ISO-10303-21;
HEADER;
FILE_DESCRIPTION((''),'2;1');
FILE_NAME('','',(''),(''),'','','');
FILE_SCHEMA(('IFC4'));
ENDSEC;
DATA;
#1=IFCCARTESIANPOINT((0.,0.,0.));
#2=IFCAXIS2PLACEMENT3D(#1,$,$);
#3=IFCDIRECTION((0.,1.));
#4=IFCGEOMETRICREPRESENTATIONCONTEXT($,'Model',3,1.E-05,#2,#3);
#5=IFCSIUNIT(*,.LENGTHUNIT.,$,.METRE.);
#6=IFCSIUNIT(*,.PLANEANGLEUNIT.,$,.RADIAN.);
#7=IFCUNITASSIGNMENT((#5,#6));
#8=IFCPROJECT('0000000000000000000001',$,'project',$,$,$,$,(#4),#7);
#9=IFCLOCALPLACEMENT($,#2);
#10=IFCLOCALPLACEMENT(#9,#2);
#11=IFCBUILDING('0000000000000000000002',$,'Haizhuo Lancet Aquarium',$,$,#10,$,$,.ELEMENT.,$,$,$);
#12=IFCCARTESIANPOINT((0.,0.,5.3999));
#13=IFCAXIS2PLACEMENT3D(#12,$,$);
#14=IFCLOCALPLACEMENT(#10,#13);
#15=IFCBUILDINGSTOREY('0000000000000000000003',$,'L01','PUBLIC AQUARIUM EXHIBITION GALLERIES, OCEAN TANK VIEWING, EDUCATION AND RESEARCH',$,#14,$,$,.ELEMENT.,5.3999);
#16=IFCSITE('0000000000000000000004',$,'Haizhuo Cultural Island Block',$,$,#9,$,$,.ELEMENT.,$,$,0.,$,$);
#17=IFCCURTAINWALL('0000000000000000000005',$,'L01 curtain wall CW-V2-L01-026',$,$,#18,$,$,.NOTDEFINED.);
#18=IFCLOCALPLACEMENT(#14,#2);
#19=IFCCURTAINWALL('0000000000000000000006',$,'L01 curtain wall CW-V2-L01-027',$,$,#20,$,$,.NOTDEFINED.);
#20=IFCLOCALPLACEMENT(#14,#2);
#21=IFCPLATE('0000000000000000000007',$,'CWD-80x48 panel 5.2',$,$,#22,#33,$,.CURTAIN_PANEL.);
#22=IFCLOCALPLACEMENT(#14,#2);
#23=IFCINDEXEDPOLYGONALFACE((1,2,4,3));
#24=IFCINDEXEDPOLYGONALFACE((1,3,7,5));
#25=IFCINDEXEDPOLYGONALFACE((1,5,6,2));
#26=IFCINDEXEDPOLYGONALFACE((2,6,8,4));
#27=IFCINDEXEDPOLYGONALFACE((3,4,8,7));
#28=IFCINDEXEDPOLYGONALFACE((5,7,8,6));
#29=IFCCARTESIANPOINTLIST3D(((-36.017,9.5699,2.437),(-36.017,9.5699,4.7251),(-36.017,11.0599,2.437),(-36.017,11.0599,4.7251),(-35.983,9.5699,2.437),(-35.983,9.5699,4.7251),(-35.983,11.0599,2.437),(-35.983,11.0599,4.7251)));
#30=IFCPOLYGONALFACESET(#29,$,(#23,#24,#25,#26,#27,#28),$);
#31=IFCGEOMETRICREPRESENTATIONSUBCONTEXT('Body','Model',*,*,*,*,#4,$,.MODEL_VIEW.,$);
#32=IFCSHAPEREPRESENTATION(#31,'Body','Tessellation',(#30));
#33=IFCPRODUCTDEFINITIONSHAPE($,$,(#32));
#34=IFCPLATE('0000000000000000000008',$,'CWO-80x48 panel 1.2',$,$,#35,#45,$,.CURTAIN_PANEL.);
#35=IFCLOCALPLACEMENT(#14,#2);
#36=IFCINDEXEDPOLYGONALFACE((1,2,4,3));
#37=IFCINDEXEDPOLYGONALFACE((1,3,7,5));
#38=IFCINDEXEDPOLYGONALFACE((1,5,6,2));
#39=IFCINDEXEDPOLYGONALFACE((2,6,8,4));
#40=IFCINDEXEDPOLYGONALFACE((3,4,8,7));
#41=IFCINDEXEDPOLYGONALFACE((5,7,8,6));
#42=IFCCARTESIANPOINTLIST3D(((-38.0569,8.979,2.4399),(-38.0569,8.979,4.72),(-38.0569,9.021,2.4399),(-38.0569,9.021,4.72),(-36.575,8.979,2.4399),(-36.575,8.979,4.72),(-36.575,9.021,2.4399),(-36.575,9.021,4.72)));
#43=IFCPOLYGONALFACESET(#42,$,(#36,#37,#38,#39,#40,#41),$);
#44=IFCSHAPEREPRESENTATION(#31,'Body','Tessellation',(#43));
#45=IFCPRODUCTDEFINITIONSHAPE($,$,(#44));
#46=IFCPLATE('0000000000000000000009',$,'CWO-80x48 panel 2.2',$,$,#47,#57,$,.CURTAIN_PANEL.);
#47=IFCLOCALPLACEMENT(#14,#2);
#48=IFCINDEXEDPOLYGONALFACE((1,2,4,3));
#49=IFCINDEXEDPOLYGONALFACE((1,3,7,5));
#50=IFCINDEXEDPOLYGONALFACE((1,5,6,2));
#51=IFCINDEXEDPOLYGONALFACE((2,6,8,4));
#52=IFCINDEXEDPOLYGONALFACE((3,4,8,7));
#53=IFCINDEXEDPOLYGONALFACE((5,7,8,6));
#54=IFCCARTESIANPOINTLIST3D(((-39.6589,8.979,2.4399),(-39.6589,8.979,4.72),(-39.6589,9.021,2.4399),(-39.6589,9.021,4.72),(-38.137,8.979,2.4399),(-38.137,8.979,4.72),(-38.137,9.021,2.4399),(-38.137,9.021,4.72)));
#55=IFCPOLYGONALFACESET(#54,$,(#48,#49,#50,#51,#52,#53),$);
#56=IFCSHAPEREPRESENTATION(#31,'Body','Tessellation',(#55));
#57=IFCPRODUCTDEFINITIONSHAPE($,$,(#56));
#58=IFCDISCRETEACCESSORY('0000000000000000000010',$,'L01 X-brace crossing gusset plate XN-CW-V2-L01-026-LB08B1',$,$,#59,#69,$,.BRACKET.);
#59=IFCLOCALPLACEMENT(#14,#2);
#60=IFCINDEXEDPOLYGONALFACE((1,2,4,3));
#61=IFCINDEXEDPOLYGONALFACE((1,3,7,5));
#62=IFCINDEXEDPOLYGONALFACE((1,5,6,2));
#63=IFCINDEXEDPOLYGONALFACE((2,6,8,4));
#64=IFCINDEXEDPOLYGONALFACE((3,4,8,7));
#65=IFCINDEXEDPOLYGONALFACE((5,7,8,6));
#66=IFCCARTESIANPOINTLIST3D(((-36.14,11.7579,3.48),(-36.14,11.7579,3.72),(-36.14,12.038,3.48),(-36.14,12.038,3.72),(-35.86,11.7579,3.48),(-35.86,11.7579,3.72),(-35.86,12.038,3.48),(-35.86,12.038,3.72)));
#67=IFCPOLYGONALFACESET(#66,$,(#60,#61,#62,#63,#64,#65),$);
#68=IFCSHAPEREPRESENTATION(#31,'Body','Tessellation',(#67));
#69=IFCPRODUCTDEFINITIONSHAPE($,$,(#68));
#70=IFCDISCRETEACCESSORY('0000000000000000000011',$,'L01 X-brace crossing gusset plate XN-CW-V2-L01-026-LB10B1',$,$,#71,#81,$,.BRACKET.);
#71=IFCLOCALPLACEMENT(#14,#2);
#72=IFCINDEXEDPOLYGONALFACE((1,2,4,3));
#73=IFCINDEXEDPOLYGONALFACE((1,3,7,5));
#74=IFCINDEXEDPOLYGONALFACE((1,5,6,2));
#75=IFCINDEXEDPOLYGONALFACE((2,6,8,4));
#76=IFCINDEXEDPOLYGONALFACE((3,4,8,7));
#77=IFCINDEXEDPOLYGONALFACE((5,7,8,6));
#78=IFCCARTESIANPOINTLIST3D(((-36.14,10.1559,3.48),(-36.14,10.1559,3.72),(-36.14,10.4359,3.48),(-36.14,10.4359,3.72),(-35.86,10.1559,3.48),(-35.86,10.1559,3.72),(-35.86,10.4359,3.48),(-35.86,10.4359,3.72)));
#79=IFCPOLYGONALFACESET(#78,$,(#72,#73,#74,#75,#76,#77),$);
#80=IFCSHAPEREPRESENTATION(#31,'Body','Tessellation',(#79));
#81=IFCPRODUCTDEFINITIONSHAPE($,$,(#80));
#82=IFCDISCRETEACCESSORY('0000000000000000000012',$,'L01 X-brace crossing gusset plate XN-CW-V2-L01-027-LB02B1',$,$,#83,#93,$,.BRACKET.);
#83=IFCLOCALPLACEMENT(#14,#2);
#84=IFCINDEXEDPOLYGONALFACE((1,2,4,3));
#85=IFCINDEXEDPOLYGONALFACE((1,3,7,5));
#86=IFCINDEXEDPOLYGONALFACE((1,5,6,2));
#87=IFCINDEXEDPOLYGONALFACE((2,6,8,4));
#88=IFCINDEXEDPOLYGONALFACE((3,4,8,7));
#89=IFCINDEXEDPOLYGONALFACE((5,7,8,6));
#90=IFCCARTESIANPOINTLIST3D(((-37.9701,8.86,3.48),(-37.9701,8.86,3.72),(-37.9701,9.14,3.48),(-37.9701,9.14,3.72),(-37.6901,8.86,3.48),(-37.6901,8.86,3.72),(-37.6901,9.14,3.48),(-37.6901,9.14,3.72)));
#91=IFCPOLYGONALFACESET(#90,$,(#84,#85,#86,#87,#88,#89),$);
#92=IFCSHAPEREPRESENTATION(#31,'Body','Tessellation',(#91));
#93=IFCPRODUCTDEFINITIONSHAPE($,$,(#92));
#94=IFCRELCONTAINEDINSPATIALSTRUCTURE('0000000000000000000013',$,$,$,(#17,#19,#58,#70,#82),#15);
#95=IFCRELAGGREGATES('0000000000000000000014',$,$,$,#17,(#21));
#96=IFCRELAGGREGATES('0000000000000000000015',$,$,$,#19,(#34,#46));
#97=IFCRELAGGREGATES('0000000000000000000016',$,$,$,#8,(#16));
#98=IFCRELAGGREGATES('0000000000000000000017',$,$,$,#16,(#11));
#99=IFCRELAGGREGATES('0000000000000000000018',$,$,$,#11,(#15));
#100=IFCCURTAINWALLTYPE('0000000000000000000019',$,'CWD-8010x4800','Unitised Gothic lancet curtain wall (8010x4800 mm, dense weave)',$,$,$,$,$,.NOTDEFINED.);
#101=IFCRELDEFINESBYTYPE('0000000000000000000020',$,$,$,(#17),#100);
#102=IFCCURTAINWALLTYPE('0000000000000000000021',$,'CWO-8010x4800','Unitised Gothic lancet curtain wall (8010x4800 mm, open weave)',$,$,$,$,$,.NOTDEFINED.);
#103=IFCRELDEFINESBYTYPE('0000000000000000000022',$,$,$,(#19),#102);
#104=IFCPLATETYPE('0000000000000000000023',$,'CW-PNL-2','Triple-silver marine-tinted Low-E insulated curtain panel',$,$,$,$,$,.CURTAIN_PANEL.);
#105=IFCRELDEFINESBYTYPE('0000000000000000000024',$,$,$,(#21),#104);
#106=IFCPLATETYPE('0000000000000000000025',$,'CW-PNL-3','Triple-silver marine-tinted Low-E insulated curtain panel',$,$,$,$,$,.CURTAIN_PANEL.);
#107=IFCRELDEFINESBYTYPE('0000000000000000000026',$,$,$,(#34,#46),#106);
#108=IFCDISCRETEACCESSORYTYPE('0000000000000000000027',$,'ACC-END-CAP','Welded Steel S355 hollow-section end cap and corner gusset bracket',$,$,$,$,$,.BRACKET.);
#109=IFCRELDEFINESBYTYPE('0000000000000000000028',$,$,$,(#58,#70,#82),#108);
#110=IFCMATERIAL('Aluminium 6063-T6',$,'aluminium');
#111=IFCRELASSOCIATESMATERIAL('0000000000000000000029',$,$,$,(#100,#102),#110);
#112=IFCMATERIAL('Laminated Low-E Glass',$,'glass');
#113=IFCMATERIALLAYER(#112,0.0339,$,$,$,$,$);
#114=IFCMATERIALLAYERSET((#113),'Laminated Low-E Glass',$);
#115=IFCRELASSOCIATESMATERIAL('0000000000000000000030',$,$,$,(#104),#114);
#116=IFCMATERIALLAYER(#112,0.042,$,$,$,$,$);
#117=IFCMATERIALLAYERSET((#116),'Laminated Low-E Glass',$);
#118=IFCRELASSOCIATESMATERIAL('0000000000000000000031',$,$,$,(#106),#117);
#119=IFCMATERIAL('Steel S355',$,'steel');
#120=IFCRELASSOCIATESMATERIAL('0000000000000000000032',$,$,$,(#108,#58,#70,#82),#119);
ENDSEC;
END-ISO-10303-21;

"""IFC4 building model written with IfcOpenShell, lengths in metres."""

from ifc_helpers import new_model, si_unit, direction, frame, origin, origin_2d, place, context, subcontext, project, spatial, rectangle, extrude, material, layer, layer_set, type_object, element, aggregate, save


model = new_model("IFC4")

# Units and contexts
model_context = context("Model", 3, precision=1e-05, world=origin(), true_north=direction((0.0, 1.0)))
body_context = subcontext(model_context, "Body", "Model", "MODEL_VIEW")
ifc_project = project(units=[si_unit("LENGTHUNIT", "METRE"), si_unit("PLANEANGLEUNIT", "RADIAN")], contexts=[model_context])

# Site, building, storey
site_placement = place(None, origin())
site = spatial("IfcSite", under=ifc_project, at=site_placement, Name="Haizhuo Cultural Island Block", CompositionType="ELEMENT", RefElevation=0.0)
building_placement = place(site_placement, origin())
building = spatial("IfcBuilding", under=site, at=building_placement, Name="Haizhuo Lancet Aquarium", CompositionType="ELEMENT")
storey_placement = place(building_placement, frame((0.0, 0.0, 5.3999)))
storey = spatial("IfcBuildingStorey", under=building, at=storey_placement, Name="L01", Description="PUBLIC AQUARIUM EXHIBITION GALLERIES, OCEAN TANK VIEWING, EDUCATION AND RESEARCH", CompositionType="ELEMENT", Elevation=5.3999)

# Shared definitions
ifc_material_1 = material(Name="Steel S355", Category="steel")

# Curtain walls
ifc_material_2 = material(Name="Aluminium 6063-T6", Category="aluminium")
curtain_wall_type_1 = type_object("IfcCurtainWallType", Name="CWD-8010x4800", Description="Unitised Gothic lancet curtain wall (8010x4800 mm, dense weave)", PredefinedType="NOTDEFINED", material=ifc_material_2)
curtain_wall_1_placement = place(storey_placement, origin())
curtain_wall_1 = element("IfcCurtainWall", 1, at=curtain_wall_1_placement, inside=storey, type_object=curtain_wall_type_1, Name="L01 curtain wall CW-V2-L01-026", PredefinedType="NOTDEFINED")
curtain_wall_type_2 = type_object("IfcCurtainWallType", Name="CWO-8010x4800", Description="Unitised Gothic lancet curtain wall (8010x4800 mm, open weave)", PredefinedType="NOTDEFINED", material=ifc_material_2)
curtain_wall_2_placement = place(storey_placement, origin())
curtain_wall_2 = element("IfcCurtainWall", 2, at=curtain_wall_2_placement, inside=storey, type_object=curtain_wall_type_2, Name="L01 curtain wall CW-V2-L01-027", PredefinedType="NOTDEFINED")

# Plates
ifc_material_3 = material(Name="Laminated Low-E Glass", Category="glass")
ifc_layer_1 = layer(ifc_material_3, 0.0339)
ifc_layer_set_1 = layer_set([ifc_layer_1], Name="Laminated Low-E Glass")
plate_type_1 = type_object("IfcPlateType", Name="CW-PNL-2", Description="Triple-silver marine-tinted Low-E insulated curtain panel", PredefinedType="CURTAIN_PANEL", material=ifc_layer_set_1)
plate_1_placement = place(storey_placement, frame((-36.0, 10.3149, 2.437), z_axis=(0.0, 0.0, 1.0), x_axis=(0.0, -1.0, 0.0)))
plate_1 = element("IfcPlate", 3, at=plate_1_placement, type_object=plate_type_1, Name="CWD-80x48 panel 5.2", PredefinedType="CURTAIN_PANEL", context=body_context, shape_type="SweptSolid", body=[
    extrude(rectangle(XDim=1.49, YDim=0.0339, at=origin_2d()), origin(), (0.0, 0.0, 1.0), 2.2881),
])
aggregate(curtain_wall_1, [plate_1])
ifc_layer_2 = layer(ifc_material_3, 0.042)
ifc_layer_set_2 = layer_set([ifc_layer_2], Name="Laminated Low-E Glass")
plate_type_2 = type_object("IfcPlateType", Name="CW-PNL-3", Description="Triple-silver marine-tinted Low-E insulated curtain panel", PredefinedType="CURTAIN_PANEL", material=ifc_layer_set_2)
plate_2_placement = place(storey_placement, frame((-37.3159, 9.0, 2.4399), z_axis=(0.0, 0.0, 1.0), x_axis=(-1.0, 0.0, 0.0)))
plate_2 = element("IfcPlate", 4, at=plate_2_placement, type_object=plate_type_2, Name="CWO-80x48 panel 1.2", PredefinedType="CURTAIN_PANEL", context=body_context, shape_type="SweptSolid", body=[
    extrude(rectangle(XDim=1.4819, YDim=0.042, at=origin_2d()), origin(), (0.0, 0.0, 1.0), 2.28),
])
plate_3_placement = place(storey_placement, frame((-38.8979, 9.0, 2.4399), z_axis=(0.0, 0.0, 1.0), x_axis=(-1.0, 0.0, 0.0)))
plate_3 = element("IfcPlate", 5, at=plate_3_placement, type_object=plate_type_2, Name="CWO-80x48 panel 2.2", PredefinedType="CURTAIN_PANEL", context=body_context, shape_type="SweptSolid", body=[
    extrude(rectangle(XDim=1.522, YDim=0.042, at=origin_2d()), origin(), (0.0, 0.0, 1.0), 2.28),
])
aggregate(curtain_wall_2, [plate_2, plate_3])

# Discrete accessories
discrete_accessory_type = type_object("IfcDiscreteAccessoryType", Name="ACC-END-CAP", Description="Welded Steel S355 hollow-section end cap and corner gusset bracket", PredefinedType="BRACKET", material=ifc_material_1)
for number, where, z_axis, x_axis, name in (
    (6, (-36.0, 11.8979, 3.48), (0.0, 0.0, 1.0), (1.0, 0.0, 0.0), "L01 X-brace crossing gusset plate XN-CW-V2-L01-026-LB08B1"),
    (7, (-36.0, 10.2959, 3.48), (0.0, 0.0, 1.0), (1.0, 0.0, 0.0), "L01 X-brace crossing gusset plate XN-CW-V2-L01-026-LB10B1"),
    (8, (-37.8301, 9.0, 3.48), (0.0, 0.0, 1.0), (1.0, 0.0, 0.0), "L01 X-brace crossing gusset plate XN-CW-V2-L01-027-LB02B1"),
):
    element("IfcDiscreteAccessory", number, at=place(storey_placement, frame(where, z_axis=z_axis, x_axis=x_axis)), inside=storey, type_object=discrete_accessory_type, material=ifc_material_1, Name=name, PredefinedType="BRACKET", context=body_context, shape_type="SweptSolid", body=[
        extrude(rectangle(XDim=0.28, YDim=0.28, at=origin_2d()), origin(), (0.0, 0.0, 1.0), 0.24),
    ])

save(model, "model.ifc")
